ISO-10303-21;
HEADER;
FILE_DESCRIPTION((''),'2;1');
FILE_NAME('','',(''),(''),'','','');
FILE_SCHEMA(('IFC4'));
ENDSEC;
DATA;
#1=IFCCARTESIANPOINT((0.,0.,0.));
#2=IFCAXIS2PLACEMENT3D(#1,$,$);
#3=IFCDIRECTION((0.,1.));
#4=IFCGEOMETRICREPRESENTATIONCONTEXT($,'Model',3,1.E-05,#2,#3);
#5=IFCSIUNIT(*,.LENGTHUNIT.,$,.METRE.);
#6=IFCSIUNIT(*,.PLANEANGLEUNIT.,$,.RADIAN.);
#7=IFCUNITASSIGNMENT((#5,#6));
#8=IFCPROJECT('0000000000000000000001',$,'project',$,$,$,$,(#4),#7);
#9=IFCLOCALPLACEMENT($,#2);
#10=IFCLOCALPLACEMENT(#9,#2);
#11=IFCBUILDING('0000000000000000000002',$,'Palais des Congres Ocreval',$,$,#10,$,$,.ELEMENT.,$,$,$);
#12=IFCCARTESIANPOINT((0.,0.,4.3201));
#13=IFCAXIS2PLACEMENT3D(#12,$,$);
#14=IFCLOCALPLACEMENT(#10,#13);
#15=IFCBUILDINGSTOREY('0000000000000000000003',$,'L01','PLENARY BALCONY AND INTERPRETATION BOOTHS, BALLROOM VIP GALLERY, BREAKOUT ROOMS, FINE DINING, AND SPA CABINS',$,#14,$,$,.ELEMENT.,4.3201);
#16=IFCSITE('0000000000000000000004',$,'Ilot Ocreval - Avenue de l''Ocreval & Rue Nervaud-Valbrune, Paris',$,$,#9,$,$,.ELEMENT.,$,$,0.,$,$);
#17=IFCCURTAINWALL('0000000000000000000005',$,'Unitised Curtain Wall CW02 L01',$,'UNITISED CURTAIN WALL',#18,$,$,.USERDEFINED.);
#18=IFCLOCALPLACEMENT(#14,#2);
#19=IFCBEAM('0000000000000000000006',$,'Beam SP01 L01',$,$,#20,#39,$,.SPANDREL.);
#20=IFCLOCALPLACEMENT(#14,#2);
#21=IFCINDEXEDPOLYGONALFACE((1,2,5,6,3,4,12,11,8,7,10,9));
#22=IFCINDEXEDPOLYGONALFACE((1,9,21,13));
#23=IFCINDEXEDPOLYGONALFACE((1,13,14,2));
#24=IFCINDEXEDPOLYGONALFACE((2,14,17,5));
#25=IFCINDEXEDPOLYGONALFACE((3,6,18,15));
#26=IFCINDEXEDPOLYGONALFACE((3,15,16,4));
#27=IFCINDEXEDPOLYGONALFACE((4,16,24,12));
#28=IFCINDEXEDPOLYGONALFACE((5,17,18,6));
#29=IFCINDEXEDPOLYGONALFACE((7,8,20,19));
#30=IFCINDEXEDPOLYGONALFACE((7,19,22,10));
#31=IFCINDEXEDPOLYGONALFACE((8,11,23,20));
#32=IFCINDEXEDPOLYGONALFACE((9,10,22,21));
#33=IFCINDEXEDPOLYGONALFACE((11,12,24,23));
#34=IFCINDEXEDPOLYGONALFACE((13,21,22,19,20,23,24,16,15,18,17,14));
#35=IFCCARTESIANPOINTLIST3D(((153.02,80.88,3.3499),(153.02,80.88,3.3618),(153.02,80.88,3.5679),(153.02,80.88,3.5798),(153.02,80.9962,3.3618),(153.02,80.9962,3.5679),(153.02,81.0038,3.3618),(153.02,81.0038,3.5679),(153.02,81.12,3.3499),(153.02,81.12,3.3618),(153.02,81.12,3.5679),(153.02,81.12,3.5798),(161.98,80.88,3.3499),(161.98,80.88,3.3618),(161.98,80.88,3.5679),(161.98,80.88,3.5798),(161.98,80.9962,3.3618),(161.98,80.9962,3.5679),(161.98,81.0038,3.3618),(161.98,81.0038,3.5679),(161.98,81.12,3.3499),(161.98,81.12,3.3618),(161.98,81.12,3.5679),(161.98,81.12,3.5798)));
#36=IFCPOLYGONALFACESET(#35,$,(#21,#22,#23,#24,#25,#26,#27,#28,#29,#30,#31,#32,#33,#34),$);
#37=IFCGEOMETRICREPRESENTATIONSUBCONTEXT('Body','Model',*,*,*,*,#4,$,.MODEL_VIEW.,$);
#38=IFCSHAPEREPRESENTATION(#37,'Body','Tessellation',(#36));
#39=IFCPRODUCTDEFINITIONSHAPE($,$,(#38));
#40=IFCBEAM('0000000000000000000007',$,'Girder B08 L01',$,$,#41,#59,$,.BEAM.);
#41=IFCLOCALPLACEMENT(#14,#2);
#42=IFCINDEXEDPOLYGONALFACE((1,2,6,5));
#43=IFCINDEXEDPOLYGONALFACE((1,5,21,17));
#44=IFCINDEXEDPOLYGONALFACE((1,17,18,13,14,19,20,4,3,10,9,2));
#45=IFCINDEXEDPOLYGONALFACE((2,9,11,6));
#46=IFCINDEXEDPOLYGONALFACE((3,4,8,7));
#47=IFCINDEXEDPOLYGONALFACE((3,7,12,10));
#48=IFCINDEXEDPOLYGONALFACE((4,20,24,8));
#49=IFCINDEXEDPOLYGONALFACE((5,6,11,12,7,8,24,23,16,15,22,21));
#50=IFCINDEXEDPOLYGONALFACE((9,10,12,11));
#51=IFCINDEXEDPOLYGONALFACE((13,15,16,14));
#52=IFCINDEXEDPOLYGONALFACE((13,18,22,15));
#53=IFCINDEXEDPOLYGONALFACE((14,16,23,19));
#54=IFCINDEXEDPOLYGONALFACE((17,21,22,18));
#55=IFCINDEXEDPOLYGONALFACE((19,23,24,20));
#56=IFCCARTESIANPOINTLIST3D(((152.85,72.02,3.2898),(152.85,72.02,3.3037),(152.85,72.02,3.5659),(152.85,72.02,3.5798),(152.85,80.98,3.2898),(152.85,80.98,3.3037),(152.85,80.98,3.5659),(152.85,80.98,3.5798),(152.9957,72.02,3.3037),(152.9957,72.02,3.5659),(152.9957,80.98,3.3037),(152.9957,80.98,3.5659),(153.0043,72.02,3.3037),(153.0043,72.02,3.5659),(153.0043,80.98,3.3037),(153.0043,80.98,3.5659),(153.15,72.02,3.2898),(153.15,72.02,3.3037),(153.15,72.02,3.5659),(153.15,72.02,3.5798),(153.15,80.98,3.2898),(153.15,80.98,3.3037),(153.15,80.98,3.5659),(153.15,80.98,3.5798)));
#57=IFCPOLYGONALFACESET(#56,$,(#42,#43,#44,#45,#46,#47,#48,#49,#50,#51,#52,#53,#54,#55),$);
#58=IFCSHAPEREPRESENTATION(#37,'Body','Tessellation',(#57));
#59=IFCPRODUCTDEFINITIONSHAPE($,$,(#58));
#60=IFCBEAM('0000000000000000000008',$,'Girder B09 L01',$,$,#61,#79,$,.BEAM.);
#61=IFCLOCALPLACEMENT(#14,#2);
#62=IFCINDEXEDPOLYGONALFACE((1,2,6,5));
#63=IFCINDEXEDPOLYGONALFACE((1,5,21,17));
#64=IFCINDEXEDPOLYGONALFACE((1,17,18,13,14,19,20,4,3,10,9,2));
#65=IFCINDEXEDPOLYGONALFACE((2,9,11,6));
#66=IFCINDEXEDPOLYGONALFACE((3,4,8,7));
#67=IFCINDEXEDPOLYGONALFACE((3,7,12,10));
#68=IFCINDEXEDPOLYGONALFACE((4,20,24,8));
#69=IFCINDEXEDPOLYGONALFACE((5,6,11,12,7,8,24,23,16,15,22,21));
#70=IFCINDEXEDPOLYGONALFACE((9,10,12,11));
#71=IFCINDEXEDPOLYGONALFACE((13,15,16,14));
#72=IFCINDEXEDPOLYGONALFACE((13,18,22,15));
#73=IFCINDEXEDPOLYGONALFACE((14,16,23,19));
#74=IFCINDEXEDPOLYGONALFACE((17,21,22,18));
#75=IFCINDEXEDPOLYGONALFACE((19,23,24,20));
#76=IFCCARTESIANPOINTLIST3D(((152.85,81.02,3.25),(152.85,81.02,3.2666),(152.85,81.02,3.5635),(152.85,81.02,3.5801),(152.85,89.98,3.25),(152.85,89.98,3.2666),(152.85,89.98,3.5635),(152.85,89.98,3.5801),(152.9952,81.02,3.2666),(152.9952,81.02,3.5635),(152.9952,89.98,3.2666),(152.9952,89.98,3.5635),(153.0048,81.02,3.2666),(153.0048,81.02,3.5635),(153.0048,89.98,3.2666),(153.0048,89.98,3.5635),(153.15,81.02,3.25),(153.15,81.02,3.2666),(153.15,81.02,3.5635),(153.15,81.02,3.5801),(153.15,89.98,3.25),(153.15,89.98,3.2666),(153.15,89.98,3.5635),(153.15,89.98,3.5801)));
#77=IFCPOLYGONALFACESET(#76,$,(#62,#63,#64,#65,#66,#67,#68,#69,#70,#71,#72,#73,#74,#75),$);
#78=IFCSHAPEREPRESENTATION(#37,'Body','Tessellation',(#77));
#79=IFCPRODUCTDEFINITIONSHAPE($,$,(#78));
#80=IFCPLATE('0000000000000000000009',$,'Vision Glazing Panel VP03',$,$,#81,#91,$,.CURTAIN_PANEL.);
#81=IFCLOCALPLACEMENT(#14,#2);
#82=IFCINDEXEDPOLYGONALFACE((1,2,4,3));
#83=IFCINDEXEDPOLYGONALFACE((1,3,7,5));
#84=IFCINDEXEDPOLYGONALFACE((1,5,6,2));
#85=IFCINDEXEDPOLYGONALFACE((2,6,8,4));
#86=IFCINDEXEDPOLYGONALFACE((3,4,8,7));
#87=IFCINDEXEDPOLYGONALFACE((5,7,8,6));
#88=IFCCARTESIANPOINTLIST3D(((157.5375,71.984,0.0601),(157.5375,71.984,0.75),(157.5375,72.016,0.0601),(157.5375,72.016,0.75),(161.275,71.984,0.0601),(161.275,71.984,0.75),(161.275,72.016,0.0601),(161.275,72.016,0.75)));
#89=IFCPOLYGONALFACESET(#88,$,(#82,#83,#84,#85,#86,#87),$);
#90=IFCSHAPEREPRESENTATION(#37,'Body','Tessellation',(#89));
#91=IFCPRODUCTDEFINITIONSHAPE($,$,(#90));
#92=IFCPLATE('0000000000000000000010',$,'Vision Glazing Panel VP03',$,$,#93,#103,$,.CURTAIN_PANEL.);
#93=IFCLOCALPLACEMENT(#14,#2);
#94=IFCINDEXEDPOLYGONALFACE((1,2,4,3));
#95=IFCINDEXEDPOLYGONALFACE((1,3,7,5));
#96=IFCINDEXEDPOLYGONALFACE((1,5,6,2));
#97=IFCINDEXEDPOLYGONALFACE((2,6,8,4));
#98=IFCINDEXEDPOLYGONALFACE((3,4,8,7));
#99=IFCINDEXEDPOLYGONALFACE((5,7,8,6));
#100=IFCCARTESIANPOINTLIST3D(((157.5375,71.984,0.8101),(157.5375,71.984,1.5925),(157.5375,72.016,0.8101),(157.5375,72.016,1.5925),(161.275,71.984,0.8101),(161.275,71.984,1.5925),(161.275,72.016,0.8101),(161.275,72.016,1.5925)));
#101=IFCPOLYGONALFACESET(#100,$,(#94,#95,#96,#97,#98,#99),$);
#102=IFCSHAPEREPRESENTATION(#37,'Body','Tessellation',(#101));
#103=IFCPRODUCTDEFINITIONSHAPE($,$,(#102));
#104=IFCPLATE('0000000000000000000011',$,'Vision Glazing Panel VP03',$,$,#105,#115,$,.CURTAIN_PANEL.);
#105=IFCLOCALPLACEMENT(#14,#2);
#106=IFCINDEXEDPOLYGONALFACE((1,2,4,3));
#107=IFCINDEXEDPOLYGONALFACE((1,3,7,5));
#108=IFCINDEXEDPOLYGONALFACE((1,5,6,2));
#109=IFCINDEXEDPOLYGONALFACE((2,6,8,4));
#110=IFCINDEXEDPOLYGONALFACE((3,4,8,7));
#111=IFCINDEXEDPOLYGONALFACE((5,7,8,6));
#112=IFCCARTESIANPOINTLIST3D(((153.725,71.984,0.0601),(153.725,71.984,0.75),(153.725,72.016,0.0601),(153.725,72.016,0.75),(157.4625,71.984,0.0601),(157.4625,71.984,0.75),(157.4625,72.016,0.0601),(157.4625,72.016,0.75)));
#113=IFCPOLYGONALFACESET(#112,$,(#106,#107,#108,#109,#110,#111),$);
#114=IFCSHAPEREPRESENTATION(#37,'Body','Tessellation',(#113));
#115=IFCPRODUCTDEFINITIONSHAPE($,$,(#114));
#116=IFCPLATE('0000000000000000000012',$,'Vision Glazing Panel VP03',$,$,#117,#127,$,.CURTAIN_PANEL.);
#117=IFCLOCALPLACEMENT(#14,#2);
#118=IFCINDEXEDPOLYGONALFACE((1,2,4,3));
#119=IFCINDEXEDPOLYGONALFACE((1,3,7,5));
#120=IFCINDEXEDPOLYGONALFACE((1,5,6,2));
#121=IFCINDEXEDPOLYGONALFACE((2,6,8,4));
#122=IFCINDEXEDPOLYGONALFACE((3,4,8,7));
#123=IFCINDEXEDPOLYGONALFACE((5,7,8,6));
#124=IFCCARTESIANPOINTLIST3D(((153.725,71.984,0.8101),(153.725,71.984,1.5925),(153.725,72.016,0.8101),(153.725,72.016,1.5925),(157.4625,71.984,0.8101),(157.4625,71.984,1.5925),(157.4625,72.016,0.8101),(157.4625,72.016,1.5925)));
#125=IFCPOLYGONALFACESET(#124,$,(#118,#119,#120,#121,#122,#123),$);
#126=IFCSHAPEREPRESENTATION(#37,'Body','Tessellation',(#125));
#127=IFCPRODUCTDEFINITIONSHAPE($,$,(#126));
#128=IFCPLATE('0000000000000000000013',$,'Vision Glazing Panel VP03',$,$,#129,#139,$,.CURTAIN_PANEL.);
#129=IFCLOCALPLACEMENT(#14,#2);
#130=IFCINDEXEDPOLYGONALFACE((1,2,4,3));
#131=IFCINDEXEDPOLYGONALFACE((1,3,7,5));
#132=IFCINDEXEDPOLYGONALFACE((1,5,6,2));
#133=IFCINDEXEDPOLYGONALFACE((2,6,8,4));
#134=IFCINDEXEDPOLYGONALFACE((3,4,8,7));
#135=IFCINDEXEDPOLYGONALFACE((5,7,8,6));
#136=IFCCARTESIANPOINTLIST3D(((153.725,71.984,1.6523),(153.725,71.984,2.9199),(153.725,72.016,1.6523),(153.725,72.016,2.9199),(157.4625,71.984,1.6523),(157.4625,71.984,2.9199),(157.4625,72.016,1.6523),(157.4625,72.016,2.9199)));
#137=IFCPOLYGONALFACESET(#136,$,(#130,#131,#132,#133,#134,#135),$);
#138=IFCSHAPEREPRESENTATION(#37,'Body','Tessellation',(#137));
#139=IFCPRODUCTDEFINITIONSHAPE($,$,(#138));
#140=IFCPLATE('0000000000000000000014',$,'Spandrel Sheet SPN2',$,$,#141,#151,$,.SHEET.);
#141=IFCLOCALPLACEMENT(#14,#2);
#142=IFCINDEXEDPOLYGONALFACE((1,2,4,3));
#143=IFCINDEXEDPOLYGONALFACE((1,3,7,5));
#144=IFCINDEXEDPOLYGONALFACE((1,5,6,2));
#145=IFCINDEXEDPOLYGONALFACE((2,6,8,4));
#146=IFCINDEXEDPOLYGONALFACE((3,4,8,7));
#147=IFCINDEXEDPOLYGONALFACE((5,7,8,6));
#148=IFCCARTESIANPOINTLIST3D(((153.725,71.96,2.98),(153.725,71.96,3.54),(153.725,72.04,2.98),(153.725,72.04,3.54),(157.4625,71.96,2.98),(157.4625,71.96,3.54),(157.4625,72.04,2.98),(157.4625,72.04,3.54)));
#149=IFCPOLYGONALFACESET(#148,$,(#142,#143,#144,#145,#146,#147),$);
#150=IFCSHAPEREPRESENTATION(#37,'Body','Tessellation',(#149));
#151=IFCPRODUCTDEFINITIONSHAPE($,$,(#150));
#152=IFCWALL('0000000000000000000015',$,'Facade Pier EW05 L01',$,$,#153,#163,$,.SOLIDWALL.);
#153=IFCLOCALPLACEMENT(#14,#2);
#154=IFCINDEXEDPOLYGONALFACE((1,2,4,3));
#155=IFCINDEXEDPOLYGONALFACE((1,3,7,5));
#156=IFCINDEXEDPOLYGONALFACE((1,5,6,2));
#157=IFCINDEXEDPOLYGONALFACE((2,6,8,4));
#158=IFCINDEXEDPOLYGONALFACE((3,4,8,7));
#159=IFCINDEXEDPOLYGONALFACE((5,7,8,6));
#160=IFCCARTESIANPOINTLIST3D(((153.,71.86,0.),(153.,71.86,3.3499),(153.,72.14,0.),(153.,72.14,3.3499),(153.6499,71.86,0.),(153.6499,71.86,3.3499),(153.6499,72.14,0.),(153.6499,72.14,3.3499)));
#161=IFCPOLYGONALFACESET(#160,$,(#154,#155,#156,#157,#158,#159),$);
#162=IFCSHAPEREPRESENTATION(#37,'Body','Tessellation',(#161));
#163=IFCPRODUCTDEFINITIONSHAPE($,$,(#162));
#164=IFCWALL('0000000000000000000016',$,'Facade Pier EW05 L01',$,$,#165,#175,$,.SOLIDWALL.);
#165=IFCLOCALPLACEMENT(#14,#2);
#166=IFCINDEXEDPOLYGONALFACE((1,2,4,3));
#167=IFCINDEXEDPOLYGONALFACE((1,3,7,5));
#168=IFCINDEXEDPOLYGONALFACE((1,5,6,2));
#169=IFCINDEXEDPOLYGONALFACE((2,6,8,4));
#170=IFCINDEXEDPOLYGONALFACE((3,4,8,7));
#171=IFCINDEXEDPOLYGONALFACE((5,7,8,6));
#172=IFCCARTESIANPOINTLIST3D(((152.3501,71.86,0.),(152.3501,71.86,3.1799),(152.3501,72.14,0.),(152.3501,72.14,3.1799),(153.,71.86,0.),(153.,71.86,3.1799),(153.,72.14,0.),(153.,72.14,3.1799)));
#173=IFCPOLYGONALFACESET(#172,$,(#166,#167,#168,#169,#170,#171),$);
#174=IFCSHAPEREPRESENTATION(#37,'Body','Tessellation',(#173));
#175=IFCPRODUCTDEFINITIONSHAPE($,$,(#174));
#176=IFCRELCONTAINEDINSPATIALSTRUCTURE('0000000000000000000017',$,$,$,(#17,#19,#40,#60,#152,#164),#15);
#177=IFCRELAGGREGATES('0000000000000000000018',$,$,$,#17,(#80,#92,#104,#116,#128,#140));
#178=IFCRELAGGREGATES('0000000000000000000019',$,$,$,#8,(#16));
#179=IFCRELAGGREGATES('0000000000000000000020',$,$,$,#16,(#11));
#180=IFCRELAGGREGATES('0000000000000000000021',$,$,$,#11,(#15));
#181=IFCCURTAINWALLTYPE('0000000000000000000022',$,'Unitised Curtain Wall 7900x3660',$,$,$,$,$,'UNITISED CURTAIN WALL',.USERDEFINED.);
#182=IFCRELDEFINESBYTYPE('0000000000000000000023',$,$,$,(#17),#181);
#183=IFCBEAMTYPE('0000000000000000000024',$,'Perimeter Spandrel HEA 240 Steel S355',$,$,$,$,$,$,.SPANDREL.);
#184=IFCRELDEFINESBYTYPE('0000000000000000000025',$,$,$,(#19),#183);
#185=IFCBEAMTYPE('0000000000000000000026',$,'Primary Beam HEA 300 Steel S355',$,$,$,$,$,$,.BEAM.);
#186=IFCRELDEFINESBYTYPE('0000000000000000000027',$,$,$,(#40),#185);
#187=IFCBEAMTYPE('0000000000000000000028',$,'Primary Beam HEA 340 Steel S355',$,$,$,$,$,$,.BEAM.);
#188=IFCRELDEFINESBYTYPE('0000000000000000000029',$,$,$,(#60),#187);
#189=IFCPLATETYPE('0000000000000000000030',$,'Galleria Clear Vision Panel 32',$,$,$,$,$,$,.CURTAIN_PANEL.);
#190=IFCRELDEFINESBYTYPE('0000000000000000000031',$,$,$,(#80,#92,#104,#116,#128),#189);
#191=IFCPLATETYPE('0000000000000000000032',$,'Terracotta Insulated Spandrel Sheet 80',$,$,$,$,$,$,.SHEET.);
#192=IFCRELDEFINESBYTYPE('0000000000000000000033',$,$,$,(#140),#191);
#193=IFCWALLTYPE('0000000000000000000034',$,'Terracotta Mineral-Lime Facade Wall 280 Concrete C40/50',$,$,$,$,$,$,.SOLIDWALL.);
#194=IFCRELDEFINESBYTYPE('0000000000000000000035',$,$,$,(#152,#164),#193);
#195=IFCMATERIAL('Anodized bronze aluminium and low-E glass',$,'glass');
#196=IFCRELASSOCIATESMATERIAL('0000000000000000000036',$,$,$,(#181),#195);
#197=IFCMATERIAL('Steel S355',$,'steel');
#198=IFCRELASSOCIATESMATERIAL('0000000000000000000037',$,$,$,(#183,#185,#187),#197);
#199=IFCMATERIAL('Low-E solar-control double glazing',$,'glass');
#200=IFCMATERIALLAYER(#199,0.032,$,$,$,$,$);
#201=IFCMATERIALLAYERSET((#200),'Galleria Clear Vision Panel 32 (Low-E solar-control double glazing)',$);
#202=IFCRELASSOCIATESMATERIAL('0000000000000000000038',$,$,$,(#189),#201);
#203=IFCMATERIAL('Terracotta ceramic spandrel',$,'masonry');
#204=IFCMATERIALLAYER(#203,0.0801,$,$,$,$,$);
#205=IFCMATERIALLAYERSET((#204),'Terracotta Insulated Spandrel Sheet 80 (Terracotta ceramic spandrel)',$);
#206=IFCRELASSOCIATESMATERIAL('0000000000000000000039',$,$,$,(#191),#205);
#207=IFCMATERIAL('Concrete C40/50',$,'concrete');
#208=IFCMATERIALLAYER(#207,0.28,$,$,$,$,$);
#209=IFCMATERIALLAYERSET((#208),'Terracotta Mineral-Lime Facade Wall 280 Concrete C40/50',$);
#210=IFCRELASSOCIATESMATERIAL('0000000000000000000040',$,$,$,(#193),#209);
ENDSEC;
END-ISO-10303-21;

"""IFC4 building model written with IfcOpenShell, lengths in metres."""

from ifc_helpers import new_model, si_unit, direction, frame, frame_2d, origin, origin_2d, place, context, subcontext, project, spatial, rectangle, i_section, extrude, material, layer, layer_set, material_profile, profile_set, type_object, element, aggregate, save


model = new_model("IFC4")

# Units and contexts
model_context = context("Model", 3, precision=1e-05, world=origin(), true_north=direction((0.0, 1.0)))
body_context = subcontext(model_context, "Body", "Model", "MODEL_VIEW")
ifc_project = project(units=[si_unit("LENGTHUNIT", "METRE"), si_unit("PLANEANGLEUNIT", "RADIAN")], contexts=[model_context])

# Site, building, storey
site_placement = place(None, origin())
site = spatial("IfcSite", under=ifc_project, at=site_placement, Name="Ilot Ocreval - Avenue de l'Ocreval & Rue Nervaud-Valbrune, Paris", CompositionType="ELEMENT", RefElevation=0.0)
building_placement = place(site_placement, origin())
building = spatial("IfcBuilding", under=site, at=building_placement, Name="Palais des Congres Ocreval", CompositionType="ELEMENT")
storey_placement = place(building_placement, frame((0.0, 0.0, 4.3201)))
storey = spatial("IfcBuildingStorey", under=building, at=storey_placement, Name="L01", Description="PLENARY BALCONY AND INTERPRETATION BOOTHS, BALLROOM VIP GALLERY, BREAKOUT ROOMS, FINE DINING, AND SPA CABINS", CompositionType="ELEMENT", Elevation=4.3201)

# Shared definitions
ifc_material_1 = material(Name="Steel S355", Category="steel")

# Curtain wall
ifc_material_2 = material(Name="Anodized bronze aluminium and low-E glass", Category="glass")
curtain_wall_type = type_object("IfcCurtainWallType", Name="Unitised Curtain Wall 7900x3660", ElementType="UNITISED CURTAIN WALL", PredefinedType="USERDEFINED", material=ifc_material_2)
curtain_wall_1_placement = place(storey_placement, origin())
curtain_wall_1 = element("IfcCurtainWall", 1, at=curtain_wall_1_placement, inside=storey, type_object=curtain_wall_type, Name="Unitised Curtain Wall CW02 L01", ObjectType="UNITISED CURTAIN WALL", PredefinedType="USERDEFINED")

# Beams
ifc_material_profile_1 = material_profile(ifc_material_1, i_section(OverallWidth=0.24, OverallDepth=0.23, WebThickness=0.0076, FlangeThickness=0.012, at=origin_2d()), Name="HEA 240")
ifc_profile_set_1 = profile_set([ifc_material_profile_1], Name="Steel S355")
beam_type_1 = type_object("IfcBeamType", Name="Perimeter Spandrel HEA 240 Steel S355", PredefinedType="SPANDREL", material=ifc_profile_set_1)
for number, where, z_axis, x_axis, name in (
    (2, (153.02, 81.0, 3.4648), (1.0, 0.0, 0.0), (0.0, 1.0, 0.0), "Beam SP01 L01"),
):
    element("IfcBeam", number, at=place(storey_placement, frame(where, z_axis=z_axis, x_axis=x_axis)), inside=storey, type_object=beam_type_1, Name=name, PredefinedType="SPANDREL", context=body_context, shape_type="SweptSolid", body=[
        extrude(i_section(OverallWidth=0.24, OverallDepth=0.23, WebThickness=0.0076, FlangeThickness=0.012, at=origin_2d()), origin(), (0.0, 0.0, 1.0), 8.96),
    ])
ifc_material_profile_2 = material_profile(ifc_material_1, i_section(OverallWidth=0.3, OverallDepth=0.29, WebThickness=0.0085, FlangeThickness=0.0139, at=origin_2d()), Name="HEA 300")
ifc_profile_set_2 = profile_set([ifc_material_profile_2], Name="Steel S355")
beam_type_2 = type_object("IfcBeamType", Name="Primary Beam HEA 300 Steel S355", PredefinedType="BEAM", material=ifc_profile_set_2)
beam_1_placement = place(storey_placement, frame((153.0, 72.02, 3.4348), z_axis=(0.0, 1.0, 0.0), x_axis=(-1.0, 0.0, 0.0)))
element("IfcBeam", 3, at=beam_1_placement, inside=storey, type_object=beam_type_2, Name="Girder B08 L01", PredefinedType="BEAM", context=body_context, shape_type="SweptSolid", body=[
    extrude(i_section(OverallWidth=0.3, OverallDepth=0.29, WebThickness=0.0085, FlangeThickness=0.0139, at=origin_2d()), origin(), (0.0, 0.0, 1.0), 8.96),
])
ifc_material_profile_3 = material_profile(ifc_material_1, i_section(OverallWidth=0.3, OverallDepth=0.3301, WebThickness=0.0095, FlangeThickness=0.0166, at=origin_2d()), Name="HEA 340")
ifc_profile_set_3 = profile_set([ifc_material_profile_3], Name="Steel S355")
beam_type_3 = type_object("IfcBeamType", Name="Primary Beam HEA 340 Steel S355", PredefinedType="BEAM", material=ifc_profile_set_3)
beam_2_placement = place(storey_placement, frame((153.0, 81.02, 3.415), z_axis=(0.0, 1.0, 0.0), x_axis=(-1.0, 0.0, 0.0)))
element("IfcBeam", 4, at=beam_2_placement, inside=storey, type_object=beam_type_3, Name="Girder B09 L01", PredefinedType="BEAM", context=body_context, shape_type="SweptSolid", body=[
    extrude(i_section(OverallWidth=0.3, OverallDepth=0.3301, WebThickness=0.0095, FlangeThickness=0.0166, at=origin_2d()), origin(), (0.0, 0.0, 1.0), 8.96),
])

# Plates
ifc_material_3 = material(Name="Low-E solar-control double glazing", Category="glass")
ifc_layer_1 = layer(ifc_material_3, 0.032)
ifc_layer_set_1 = layer_set([ifc_layer_1], Name="Galleria Clear Vision Panel 32 (Low-E solar-control double glazing)")
plate_type_1 = type_object("IfcPlateType", Name="Galleria Clear Vision Panel 32", PredefinedType="CURTAIN_PANEL", material=ifc_layer_set_1)
plate_1_placement = place(storey_placement, frame((159.4062, 72.0, 0.0601), z_axis=(0.0, 0.0, 1.0), x_axis=(-1.0, 0.0, 0.0)))
plate_1 = element("IfcPlate", 5, at=plate_1_placement, type_object=plate_type_1, Name="Vision Glazing Panel VP03", PredefinedType="CURTAIN_PANEL", context=body_context, shape_type="SweptSolid", body=[
    extrude(rectangle(XDim=3.7375, YDim=0.032, at=origin_2d()), origin(), (0.0, 0.0, 1.0), 0.6899),
])
plate_2_placement = place(storey_placement, frame((159.4062, 72.0, 0.8101), z_axis=(0.0, 0.0, 1.0), x_axis=(-1.0, 0.0, 0.0)))
plate_2 = element("IfcPlate", 6, at=plate_2_placement, type_object=plate_type_1, Name="Vision Glazing Panel VP03", PredefinedType="CURTAIN_PANEL", context=body_context, shape_type="SweptSolid", body=[
    extrude(rectangle(XDim=3.7375, YDim=0.032, at=origin_2d()), origin(), (0.0, 0.0, 1.0), 0.7825),
])
plate_3_placement = place(storey_placement, frame((155.5938, 72.0, 0.0601), z_axis=(0.0, 0.0, 1.0), x_axis=(-1.0, 0.0, 0.0)))
plate_3 = element("IfcPlate", 7, at=plate_3_placement, type_object=plate_type_1, Name="Vision Glazing Panel VP03", PredefinedType="CURTAIN_PANEL", context=body_context, shape_type="SweptSolid", body=[
    extrude(rectangle(XDim=3.7375, YDim=0.032, at=origin_2d()), origin(), (0.0, 0.0, 1.0), 0.6899),
])
plate_4_placement = place(storey_placement, frame((155.5938, 72.0, 0.8101), z_axis=(0.0, 0.0, 1.0), x_axis=(-1.0, 0.0, 0.0)))
plate_4 = element("IfcPlate", 8, at=plate_4_placement, type_object=plate_type_1, Name="Vision Glazing Panel VP03", PredefinedType="CURTAIN_PANEL", context=body_context, shape_type="SweptSolid", body=[
    extrude(rectangle(XDim=3.7375, YDim=0.032, at=origin_2d()), origin(), (0.0, 0.0, 1.0), 0.7825),
])
plate_5_placement = place(storey_placement, frame((155.5938, 72.0, 1.6523), z_axis=(0.0, 0.0, 1.0), x_axis=(-1.0, 0.0, 0.0)))
plate_5 = element("IfcPlate", 9, at=plate_5_placement, type_object=plate_type_1, Name="Vision Glazing Panel VP03", PredefinedType="CURTAIN_PANEL", context=body_context, shape_type="SweptSolid", body=[
    extrude(rectangle(XDim=3.7375, YDim=0.032, at=origin_2d()), origin(), (0.0, 0.0, 1.0), 1.2676),
])
ifc_material_4 = material(Name="Terracotta ceramic spandrel", Category="masonry")
ifc_layer_2 = layer(ifc_material_4, 0.0801)
ifc_layer_set_2 = layer_set([ifc_layer_2], Name="Terracotta Insulated Spandrel Sheet 80 (Terracotta ceramic spandrel)")
plate_type_2 = type_object("IfcPlateType", Name="Terracotta Insulated Spandrel Sheet 80", PredefinedType="SHEET", material=ifc_layer_set_2)
plate_6_placement = place(storey_placement, frame((155.5938, 72.0, 2.98), z_axis=(0.0, 0.0, 1.0), x_axis=(-1.0, 0.0, 0.0)))
plate_6 = element("IfcPlate", 10, at=plate_6_placement, type_object=plate_type_2, Name="Spandrel Sheet SPN2", PredefinedType="SHEET", context=body_context, shape_type="SweptSolid", body=[
    extrude(rectangle(XDim=3.7375, YDim=0.0801, at=origin_2d()), origin(), (0.0, 0.0, 1.0), 0.5601),
])
aggregate(curtain_wall_1, [plate_1, plate_2, plate_3, plate_4, plate_5, plate_6])

# Walls
ifc_material_5 = material(Name="Concrete C40/50", Category="concrete")
ifc_layer_3 = layer(ifc_material_5, 0.28)
ifc_layer_set_3 = layer_set([ifc_layer_3], Name="Terracotta Mineral-Lime Facade Wall 280 Concrete C40/50")
wall_type = type_object("IfcWallType", Name="Terracotta Mineral-Lime Facade Wall 280 Concrete C40/50", PredefinedType="SOLIDWALL", material=ifc_layer_set_3)
wall_1_placement = place(storey_placement, frame((153.6499, 72.0, 0.0), z_axis=(0.0, 0.0, 1.0), x_axis=(-1.0, 0.0, 0.0)))
element("IfcWall", 11, at=wall_1_placement, inside=storey, type_object=wall_type, Name="Facade Pier EW05 L01", PredefinedType="SOLIDWALL", context=body_context, shape_type="SweptSolid", body=[
    extrude(rectangle(XDim=0.6499, YDim=0.28, at=frame_2d((0.325, 0.0))), origin(), (0.0, 0.0, 1.0), 3.3499),
])
wall_2_placement = place(storey_placement, frame((153.0, 72.0, 0.0), z_axis=(0.0, 0.0, 1.0), x_axis=(-1.0, 0.0, 0.0)))
element("IfcWall", 12, at=wall_2_placement, inside=storey, type_object=wall_type, Name="Facade Pier EW05 L01", PredefinedType="SOLIDWALL", context=body_context, shape_type="SweptSolid", body=[
    extrude(rectangle(XDim=0.6499, YDim=0.28, at=frame_2d((0.325, 0.0))), origin(), (0.0, 0.0, 1.0), 3.1799),
])

save(model, "model.ifc")
